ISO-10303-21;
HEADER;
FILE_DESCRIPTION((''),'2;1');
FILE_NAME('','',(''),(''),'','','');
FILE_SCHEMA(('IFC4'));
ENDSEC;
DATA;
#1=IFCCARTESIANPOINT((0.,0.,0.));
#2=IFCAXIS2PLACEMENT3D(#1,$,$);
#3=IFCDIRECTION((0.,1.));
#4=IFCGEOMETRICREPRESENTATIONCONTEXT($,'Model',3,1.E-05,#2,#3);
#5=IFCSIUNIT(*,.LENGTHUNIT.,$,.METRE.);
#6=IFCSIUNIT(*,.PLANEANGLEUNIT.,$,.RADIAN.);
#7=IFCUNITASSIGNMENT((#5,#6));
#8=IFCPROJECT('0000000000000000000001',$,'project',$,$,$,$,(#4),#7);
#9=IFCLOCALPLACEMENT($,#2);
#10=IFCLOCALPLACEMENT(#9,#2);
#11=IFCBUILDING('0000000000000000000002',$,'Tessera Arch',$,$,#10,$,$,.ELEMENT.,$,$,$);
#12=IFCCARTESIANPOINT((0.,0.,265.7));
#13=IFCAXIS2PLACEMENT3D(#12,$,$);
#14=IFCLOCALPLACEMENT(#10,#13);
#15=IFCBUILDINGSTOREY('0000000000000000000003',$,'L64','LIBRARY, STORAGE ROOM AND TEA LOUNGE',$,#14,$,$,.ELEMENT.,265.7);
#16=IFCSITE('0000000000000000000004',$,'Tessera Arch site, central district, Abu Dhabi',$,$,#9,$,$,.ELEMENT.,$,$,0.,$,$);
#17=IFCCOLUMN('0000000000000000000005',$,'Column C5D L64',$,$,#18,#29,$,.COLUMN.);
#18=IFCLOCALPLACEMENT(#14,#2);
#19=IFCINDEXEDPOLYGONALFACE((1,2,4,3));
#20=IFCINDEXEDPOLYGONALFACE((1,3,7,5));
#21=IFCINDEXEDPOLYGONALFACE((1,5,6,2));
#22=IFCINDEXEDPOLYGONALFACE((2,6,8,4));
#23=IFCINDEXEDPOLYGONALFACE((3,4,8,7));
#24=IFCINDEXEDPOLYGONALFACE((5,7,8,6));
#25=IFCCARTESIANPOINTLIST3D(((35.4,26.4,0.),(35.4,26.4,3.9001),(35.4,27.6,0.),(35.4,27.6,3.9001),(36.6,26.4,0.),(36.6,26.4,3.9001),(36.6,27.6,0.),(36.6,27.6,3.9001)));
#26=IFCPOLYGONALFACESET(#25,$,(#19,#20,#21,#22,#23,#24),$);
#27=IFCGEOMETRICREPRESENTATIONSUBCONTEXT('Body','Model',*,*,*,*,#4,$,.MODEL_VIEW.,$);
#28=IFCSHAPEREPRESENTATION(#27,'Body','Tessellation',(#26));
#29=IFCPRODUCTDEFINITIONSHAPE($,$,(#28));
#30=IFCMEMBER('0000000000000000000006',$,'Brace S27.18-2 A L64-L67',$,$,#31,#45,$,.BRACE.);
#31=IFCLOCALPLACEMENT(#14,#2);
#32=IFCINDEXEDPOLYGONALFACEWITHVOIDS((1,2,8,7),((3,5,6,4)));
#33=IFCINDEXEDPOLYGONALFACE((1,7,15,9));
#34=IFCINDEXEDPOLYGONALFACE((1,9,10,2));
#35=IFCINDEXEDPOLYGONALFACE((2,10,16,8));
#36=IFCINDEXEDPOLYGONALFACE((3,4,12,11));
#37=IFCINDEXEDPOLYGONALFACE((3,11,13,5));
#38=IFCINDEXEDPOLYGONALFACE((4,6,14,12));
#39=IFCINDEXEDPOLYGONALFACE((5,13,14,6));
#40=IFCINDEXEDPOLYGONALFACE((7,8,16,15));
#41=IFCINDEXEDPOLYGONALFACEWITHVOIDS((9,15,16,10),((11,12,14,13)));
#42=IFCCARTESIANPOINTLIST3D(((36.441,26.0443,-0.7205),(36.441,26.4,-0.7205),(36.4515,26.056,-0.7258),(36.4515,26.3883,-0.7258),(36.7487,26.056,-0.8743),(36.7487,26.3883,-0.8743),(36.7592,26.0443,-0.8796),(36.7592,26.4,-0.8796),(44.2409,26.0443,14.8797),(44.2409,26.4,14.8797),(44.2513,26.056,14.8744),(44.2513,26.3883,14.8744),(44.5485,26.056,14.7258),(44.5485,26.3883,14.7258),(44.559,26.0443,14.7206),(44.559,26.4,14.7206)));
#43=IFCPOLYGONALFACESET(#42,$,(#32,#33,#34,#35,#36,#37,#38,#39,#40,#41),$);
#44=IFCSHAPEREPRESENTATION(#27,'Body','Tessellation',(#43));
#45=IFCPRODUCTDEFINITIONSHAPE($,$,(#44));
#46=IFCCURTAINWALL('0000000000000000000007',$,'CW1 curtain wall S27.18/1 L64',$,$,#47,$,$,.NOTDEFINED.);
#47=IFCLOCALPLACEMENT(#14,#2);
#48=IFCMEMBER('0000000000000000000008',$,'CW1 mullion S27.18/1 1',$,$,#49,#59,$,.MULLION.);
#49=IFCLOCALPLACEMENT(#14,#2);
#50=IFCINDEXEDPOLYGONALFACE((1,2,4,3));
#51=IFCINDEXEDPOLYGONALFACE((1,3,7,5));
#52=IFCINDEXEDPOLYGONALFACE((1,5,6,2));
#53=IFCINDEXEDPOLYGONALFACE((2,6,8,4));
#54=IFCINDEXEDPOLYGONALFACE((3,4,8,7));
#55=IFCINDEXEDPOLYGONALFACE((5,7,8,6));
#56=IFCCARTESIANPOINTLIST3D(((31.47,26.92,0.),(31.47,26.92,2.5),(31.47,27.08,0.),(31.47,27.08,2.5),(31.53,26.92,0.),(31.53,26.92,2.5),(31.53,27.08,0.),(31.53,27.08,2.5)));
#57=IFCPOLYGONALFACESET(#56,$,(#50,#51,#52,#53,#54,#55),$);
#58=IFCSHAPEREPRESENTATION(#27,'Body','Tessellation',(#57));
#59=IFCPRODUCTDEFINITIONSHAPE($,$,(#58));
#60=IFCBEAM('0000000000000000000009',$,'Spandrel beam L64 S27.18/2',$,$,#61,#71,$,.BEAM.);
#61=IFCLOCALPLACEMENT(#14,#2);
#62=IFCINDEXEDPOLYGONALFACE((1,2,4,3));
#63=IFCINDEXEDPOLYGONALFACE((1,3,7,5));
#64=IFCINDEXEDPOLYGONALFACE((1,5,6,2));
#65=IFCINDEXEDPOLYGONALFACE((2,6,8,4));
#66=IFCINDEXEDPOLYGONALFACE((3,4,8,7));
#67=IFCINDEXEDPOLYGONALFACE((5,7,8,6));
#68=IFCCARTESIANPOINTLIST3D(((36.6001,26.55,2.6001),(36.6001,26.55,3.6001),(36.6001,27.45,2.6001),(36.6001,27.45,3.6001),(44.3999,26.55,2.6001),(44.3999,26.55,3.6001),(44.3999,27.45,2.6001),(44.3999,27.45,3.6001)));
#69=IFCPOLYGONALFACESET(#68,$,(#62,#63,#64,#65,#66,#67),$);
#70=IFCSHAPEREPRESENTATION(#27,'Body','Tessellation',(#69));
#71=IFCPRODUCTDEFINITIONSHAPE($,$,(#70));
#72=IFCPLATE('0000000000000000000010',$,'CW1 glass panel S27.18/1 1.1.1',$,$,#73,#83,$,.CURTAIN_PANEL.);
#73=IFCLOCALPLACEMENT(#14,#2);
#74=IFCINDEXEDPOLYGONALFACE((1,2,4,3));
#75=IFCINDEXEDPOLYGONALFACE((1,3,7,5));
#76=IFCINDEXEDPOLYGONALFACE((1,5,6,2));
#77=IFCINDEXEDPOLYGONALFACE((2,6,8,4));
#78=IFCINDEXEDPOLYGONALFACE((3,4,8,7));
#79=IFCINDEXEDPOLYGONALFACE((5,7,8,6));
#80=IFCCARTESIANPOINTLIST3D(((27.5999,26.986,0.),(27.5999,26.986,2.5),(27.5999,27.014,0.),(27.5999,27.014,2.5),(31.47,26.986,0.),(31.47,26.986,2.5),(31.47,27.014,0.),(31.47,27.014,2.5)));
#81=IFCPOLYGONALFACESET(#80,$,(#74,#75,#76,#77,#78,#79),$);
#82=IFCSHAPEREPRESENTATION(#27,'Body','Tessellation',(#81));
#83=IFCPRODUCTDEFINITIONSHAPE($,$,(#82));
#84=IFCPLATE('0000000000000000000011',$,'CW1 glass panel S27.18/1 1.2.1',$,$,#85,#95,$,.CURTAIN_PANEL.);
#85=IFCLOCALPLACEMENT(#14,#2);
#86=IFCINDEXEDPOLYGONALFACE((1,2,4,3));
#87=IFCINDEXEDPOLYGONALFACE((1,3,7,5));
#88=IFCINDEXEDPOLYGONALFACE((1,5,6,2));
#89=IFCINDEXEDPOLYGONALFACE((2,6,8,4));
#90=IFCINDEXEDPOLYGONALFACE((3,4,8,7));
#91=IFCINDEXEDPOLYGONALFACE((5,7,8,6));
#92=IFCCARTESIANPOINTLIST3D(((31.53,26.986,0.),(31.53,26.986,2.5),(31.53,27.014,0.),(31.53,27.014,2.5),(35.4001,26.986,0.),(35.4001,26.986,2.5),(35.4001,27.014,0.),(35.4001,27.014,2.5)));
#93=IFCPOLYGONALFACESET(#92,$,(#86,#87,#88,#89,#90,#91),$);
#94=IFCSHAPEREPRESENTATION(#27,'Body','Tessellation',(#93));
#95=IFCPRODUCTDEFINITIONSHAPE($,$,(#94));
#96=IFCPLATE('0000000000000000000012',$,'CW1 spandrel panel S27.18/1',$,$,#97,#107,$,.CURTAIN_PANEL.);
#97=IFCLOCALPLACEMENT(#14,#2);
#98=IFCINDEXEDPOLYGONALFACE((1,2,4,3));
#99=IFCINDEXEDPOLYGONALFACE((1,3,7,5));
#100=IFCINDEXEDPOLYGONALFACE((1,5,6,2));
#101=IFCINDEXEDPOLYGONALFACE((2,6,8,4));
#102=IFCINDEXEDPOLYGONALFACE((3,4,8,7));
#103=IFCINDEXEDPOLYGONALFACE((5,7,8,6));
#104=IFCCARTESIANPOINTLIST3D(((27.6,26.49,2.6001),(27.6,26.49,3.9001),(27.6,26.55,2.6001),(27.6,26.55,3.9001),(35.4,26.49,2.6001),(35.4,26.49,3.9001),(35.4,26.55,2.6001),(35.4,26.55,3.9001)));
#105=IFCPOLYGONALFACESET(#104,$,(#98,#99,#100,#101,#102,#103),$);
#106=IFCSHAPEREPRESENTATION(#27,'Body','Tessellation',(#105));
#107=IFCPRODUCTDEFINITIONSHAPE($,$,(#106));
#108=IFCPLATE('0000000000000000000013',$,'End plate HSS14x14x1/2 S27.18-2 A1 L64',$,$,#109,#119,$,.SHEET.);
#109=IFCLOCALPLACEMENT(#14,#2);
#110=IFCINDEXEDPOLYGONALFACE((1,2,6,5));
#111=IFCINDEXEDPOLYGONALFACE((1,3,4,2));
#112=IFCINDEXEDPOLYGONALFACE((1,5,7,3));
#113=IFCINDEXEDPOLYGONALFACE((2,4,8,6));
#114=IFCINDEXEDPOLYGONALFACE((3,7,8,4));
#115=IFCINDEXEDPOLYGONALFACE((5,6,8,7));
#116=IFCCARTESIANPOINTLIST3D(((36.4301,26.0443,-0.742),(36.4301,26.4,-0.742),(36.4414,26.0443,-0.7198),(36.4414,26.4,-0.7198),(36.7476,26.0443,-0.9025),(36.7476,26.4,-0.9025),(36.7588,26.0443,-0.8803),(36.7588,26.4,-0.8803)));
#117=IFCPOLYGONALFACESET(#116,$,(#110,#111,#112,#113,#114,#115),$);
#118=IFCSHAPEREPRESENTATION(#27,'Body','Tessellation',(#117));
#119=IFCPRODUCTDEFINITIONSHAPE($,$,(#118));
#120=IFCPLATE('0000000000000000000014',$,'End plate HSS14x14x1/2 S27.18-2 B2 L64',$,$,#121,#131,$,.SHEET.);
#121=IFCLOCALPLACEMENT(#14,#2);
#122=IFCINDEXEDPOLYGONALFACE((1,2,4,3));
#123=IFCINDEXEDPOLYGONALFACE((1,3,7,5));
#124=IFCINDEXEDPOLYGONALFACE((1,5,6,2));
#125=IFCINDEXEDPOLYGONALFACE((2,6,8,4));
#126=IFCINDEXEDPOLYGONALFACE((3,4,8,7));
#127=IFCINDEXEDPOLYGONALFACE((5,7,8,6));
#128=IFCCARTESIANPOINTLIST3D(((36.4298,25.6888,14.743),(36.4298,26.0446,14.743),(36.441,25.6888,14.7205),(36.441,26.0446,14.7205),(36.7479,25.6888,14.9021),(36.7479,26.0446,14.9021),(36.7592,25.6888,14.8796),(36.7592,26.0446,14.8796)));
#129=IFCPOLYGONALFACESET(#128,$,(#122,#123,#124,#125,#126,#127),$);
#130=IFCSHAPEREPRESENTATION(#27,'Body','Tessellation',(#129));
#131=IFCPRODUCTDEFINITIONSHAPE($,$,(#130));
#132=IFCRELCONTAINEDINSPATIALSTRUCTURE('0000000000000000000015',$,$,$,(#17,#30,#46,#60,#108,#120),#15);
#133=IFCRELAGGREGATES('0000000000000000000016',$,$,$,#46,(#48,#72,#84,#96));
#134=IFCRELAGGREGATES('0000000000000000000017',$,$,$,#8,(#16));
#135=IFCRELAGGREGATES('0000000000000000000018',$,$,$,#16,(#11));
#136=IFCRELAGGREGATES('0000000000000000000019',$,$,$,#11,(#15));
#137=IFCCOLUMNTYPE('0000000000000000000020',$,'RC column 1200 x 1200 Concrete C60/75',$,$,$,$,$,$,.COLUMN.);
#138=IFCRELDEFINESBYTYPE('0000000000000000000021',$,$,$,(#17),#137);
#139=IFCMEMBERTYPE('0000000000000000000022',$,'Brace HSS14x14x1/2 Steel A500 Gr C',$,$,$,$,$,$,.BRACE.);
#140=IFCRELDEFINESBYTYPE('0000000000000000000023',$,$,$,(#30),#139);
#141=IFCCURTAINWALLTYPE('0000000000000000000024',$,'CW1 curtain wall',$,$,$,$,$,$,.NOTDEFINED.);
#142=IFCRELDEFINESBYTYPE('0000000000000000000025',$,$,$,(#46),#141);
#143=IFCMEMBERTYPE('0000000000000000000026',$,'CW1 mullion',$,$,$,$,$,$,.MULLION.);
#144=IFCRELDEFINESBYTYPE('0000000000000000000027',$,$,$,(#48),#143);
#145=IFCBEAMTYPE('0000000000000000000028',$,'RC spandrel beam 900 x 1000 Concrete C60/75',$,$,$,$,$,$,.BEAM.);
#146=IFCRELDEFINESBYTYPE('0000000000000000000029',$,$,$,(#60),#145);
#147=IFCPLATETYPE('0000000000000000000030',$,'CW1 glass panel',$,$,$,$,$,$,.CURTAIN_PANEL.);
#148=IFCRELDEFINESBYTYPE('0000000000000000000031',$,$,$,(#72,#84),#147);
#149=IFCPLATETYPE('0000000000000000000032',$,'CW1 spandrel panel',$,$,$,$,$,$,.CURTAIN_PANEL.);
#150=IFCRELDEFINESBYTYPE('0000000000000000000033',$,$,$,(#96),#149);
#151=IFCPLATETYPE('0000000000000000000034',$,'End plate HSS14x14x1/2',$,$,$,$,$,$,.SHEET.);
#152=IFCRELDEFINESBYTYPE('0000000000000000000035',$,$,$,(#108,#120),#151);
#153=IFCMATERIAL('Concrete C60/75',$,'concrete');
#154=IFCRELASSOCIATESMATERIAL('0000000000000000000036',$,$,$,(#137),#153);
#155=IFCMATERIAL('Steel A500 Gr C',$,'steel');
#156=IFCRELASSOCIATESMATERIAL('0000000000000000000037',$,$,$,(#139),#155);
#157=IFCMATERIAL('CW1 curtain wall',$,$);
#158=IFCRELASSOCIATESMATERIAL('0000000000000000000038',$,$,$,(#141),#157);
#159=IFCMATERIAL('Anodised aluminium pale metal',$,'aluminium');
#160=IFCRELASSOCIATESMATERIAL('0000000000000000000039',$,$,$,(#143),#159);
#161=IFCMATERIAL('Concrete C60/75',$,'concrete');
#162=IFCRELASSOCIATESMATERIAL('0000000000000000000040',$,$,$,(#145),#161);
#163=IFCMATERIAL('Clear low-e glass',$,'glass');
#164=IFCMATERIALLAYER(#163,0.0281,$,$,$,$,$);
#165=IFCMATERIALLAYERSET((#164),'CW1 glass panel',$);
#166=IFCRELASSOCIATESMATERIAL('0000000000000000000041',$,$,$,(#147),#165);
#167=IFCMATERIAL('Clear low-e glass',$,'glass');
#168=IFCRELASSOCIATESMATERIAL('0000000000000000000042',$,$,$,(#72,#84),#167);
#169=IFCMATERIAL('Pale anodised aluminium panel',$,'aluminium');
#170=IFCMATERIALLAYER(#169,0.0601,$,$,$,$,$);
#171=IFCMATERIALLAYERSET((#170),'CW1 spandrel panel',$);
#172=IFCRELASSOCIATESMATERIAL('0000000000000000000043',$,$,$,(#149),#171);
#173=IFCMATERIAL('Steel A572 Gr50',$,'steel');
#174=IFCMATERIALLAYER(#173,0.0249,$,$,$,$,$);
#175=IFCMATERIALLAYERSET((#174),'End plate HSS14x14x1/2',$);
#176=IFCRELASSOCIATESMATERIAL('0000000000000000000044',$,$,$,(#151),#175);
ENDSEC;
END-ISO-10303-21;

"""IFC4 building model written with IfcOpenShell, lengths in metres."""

from ifc_helpers import new_model, si_unit, direction, frame, origin, origin_2d, place, context, subcontext, project, spatial, rectangle, hollow_rectangle, extrude, material, layer, layer_set, material_profile, profile_set, type_object, element, aggregate, save


model = new_model("IFC4")

# Units and contexts
model_context = context("Model", 3, precision=1e-05, world=origin(), true_north=direction((0.0, 1.0)))
body_context = subcontext(model_context, "Body", "Model", "MODEL_VIEW")
ifc_project = project(units=[si_unit("LENGTHUNIT", "METRE"), si_unit("PLANEANGLEUNIT", "RADIAN")], contexts=[model_context])

# Site, building, storey
site_placement = place(None, origin())
site = spatial("IfcSite", under=ifc_project, at=site_placement, Name="Tessera Arch site, central district, Abu Dhabi", CompositionType="ELEMENT", RefElevation=0.0)
building_placement = place(site_placement, origin())
building = spatial("IfcBuilding", under=site, at=building_placement, Name="Tessera Arch", CompositionType="ELEMENT")
storey_placement = place(building_placement, frame((0.0, 0.0, 265.7)))
storey = spatial("IfcBuildingStorey", under=building, at=storey_placement, Name="L64", Description="LIBRARY, STORAGE ROOM AND TEA LOUNGE", CompositionType="ELEMENT", Elevation=265.7)

# Column
ifc_material_1 = material(Name="Concrete C60/75", Category="concrete")
ifc_material_profile_1 = material_profile(ifc_material_1, rectangle(XDim=1.2, YDim=1.2, at=origin_2d()), Name="RC column 1200 x 1200 Concrete C60/75")
ifc_profile_set_1 = profile_set([ifc_material_profile_1], Name="Concrete C60/75")
column_type = type_object("IfcColumnType", Name="RC column 1200 x 1200 Concrete C60/75", PredefinedType="COLUMN", material=ifc_profile_set_1)
column_placement = place(storey_placement, frame((36.0, 27.0, 0.0), z_axis=(0.0, 0.0, 1.0), x_axis=(1.0, 0.0, 0.0)))
element("IfcColumn", 1, at=column_placement, inside=storey, type_object=column_type, Name="Column C5D L64", PredefinedType="COLUMN", context=body_context, shape_type="SweptSolid", body=[
    extrude(rectangle(XDim=1.2, YDim=1.2, at=origin_2d()), origin(), (0.0, 0.0, 1.0), 3.9001),
])

# Member
ifc_material_2 = material(Name="Steel A500 Gr C", Category="steel")
ifc_material_profile_2 = material_profile(ifc_material_2, hollow_rectangle(XDim=0.3557, YDim=0.3557, WallThickness=0.0117, at=origin_2d()), Name="HSS14x14x1/2")
ifc_profile_set_2 = profile_set([ifc_material_profile_2], Name="Steel A500 Gr C")
member_type_1 = type_object("IfcMemberType", Name="Brace HSS14x14x1/2 Steel A500 Gr C", PredefinedType="BRACE", material=ifc_profile_set_2)
member_1_placement = place(storey_placement, frame((36.6001, 26.2222, -0.8), z_axis=(0.447202, 0.0, 0.894433), x_axis=(0.0, 1.0, 0.0)))
element("IfcMember", 2, at=member_1_placement, inside=storey, type_object=member_type_1, Name="Brace S27.18-2 A L64-L67", PredefinedType="BRACE", context=body_context, shape_type="SweptSolid", body=[
    extrude(hollow_rectangle(XDim=0.3557, YDim=0.3557, WallThickness=0.0117, at=origin_2d()), origin(), (0.0, 0.0, 1.0), 17.4414),
])

# Curtain wall, member
ifc_material_3 = material(Name="CW1 curtain wall")
curtain_wall_type = type_object("IfcCurtainWallType", Name="CW1 curtain wall", PredefinedType="NOTDEFINED", material=ifc_material_3)
curtain_wall_placement = place(storey_placement, origin())
curtain_wall = element("IfcCurtainWall", 3, at=curtain_wall_placement, inside=storey, type_object=curtain_wall_type, Name="CW1 curtain wall S27.18/1 L64", PredefinedType="NOTDEFINED")
ifc_material_4 = material(Name="Anodised aluminium pale metal", Category="aluminium")
ifc_material_profile_3 = material_profile(ifc_material_4, rectangle(XDim=0.1599, YDim=0.0601, at=origin_2d()), Name="AL 60x160")
ifc_profile_set_3 = profile_set([ifc_material_profile_3], Name="Anodised aluminium pale metal")
member_type_2 = type_object("IfcMemberType", Name="CW1 mullion", PredefinedType="MULLION", material=ifc_profile_set_3)
member_2_placement = place(storey_placement, frame((31.5, 27.0, 0.0), z_axis=(0.0, 0.0, 1.0), x_axis=(0.0, 1.0, 0.0)))
member_2 = element("IfcMember", 4, at=member_2_placement, type_object=member_type_2, Name="CW1 mullion S27.18/1 1", PredefinedType="MULLION", context=body_context, shape_type="SweptSolid", body=[
    extrude(rectangle(XDim=0.1599, YDim=0.0601, at=origin_2d()), origin(), (0.0, 0.0, 1.0), 2.5),
])

# Beam
ifc_material_5 = material(Name="Concrete C60/75", Category="concrete")
ifc_material_profile_4 = material_profile(ifc_material_5, rectangle(XDim=0.8999, YDim=1.0, at=origin_2d()), Name="RC spandrel beam 900 x 1000 Concrete C60/75")
ifc_profile_set_4 = profile_set([ifc_material_profile_4], Name="Concrete C60/75")
beam_type = type_object("IfcBeamType", Name="RC spandrel beam 900 x 1000 Concrete C60/75", PredefinedType="BEAM", material=ifc_profile_set_4)
beam_placement = place(storey_placement, frame((36.6001, 27.0, 3.1001), z_axis=(1.0, 0.0, 0.0), x_axis=(0.0, 1.0, 0.0)))
element("IfcBeam", 5, at=beam_placement, inside=storey, type_object=beam_type, Name="Spandrel beam L64 S27.18/2", PredefinedType="BEAM", context=body_context, shape_type="SweptSolid", body=[
    extrude(rectangle(XDim=0.8999, YDim=1.0, at=origin_2d()), origin(), (0.0, 0.0, 1.0), 7.7998),
])

# Plates
ifc_material_6 = material(Name="Clear low-e glass", Category="glass")
ifc_material_7 = material(Name="Clear low-e glass", Category="glass")
ifc_layer_1 = layer(ifc_material_7, 0.0281)
ifc_layer_set_1 = layer_set([ifc_layer_1], Name="CW1 glass panel")
plate_type_1 = type_object("IfcPlateType", Name="CW1 glass panel", PredefinedType="CURTAIN_PANEL", material=ifc_layer_set_1)
plate_1_placement = place(storey_placement, frame((29.5349, 27.0, 0.0), z_axis=(0.0, 0.0, 1.0), x_axis=(1.0, 0.0, 0.0)))
plate_1 = element("IfcPlate", 6, at=plate_1_placement, type_object=plate_type_1, material=ifc_material_6, Name="CW1 glass panel S27.18/1 1.1.1", PredefinedType="CURTAIN_PANEL", context=body_context, shape_type="SweptSolid", body=[
    extrude(rectangle(XDim=3.8701, YDim=0.0281, at=origin_2d()), origin(), (0.0, 0.0, 1.0), 2.5),
])
plate_2_placement = place(storey_placement, frame((33.4651, 27.0, 0.0), z_axis=(0.0, 0.0, 1.0), x_axis=(1.0, 0.0, 0.0)))
plate_2 = element("IfcPlate", 7, at=plate_2_placement, type_object=plate_type_1, material=ifc_material_6, Name="CW1 glass panel S27.18/1 1.2.1", PredefinedType="CURTAIN_PANEL", context=body_context, shape_type="SweptSolid", body=[
    extrude(rectangle(XDim=3.8701, YDim=0.0281, at=origin_2d()), origin(), (0.0, 0.0, 1.0), 2.5),
])
ifc_material_8 = material(Name="Pale anodised aluminium panel", Category="aluminium")
ifc_layer_2 = layer(ifc_material_8, 0.0601)
ifc_layer_set_2 = layer_set([ifc_layer_2], Name="CW1 spandrel panel")
plate_type_2 = type_object("IfcPlateType", Name="CW1 spandrel panel", PredefinedType="CURTAIN_PANEL", material=ifc_layer_set_2)
plate_3_placement = place(storey_placement, frame((31.5, 26.52, 2.6001), z_axis=(0.0, 0.0, 1.0), x_axis=(1.0, 0.0, 0.0)))
plate_3 = element("IfcPlate", 8, at=plate_3_placement, type_object=plate_type_2, Name="CW1 spandrel panel S27.18/1", PredefinedType="CURTAIN_PANEL", context=body_context, shape_type="SweptSolid", body=[
    extrude(rectangle(XDim=7.8, YDim=0.0601, at=origin_2d()), origin(), (0.0, 0.0, 1.0), 1.3),
])
aggregate(curtain_wall, [member_2, plate_1, plate_2, plate_3])

# Plates
ifc_material_9 = material(Name="Steel A572 Gr50", Category="steel")
ifc_layer_3 = layer(ifc_material_9, 0.0249)
ifc_layer_set_3 = layer_set([ifc_layer_3], Name="End plate HSS14x14x1/2")
plate_type_3 = type_object("IfcPlateType", Name="End plate HSS14x14x1/2", PredefinedType="SHEET", material=ifc_layer_set_3)
plate_4_placement = place(storey_placement, frame((36.5889, 26.2222, -0.8223), z_axis=(0.451132, 0.0, 0.892457), x_axis=(0.0, 1.0, 0.0)))
element("IfcPlate", 9, at=plate_4_placement, inside=storey, type_object=plate_type_3, Name="End plate HSS14x14x1/2 S27.18-2 A1 L64", PredefinedType="SHEET", context=body_context, shape_type="SweptSolid", body=[
    extrude(rectangle(XDim=0.3557, YDim=0.3557, at=origin_2d()), origin(), (0.0, 0.0, 1.0), 0.0249),
])
plate_5_placement = place(storey_placement, frame((36.6001, 25.8667, 14.8), z_axis=(-0.447214, 0.0, 0.894427), x_axis=(0.0, -1.0, 0.0)))
element("IfcPlate", 10, at=plate_5_placement, inside=storey, type_object=plate_type_3, Name="End plate HSS14x14x1/2 S27.18-2 B2 L64", PredefinedType="SHEET", context=body_context, shape_type="SweptSolid", body=[
    extrude(rectangle(XDim=0.3557, YDim=0.3557, at=origin_2d()), origin(), (0.0, 0.0, 1.0), 0.0251),
])

save(model, "model.ifc")
